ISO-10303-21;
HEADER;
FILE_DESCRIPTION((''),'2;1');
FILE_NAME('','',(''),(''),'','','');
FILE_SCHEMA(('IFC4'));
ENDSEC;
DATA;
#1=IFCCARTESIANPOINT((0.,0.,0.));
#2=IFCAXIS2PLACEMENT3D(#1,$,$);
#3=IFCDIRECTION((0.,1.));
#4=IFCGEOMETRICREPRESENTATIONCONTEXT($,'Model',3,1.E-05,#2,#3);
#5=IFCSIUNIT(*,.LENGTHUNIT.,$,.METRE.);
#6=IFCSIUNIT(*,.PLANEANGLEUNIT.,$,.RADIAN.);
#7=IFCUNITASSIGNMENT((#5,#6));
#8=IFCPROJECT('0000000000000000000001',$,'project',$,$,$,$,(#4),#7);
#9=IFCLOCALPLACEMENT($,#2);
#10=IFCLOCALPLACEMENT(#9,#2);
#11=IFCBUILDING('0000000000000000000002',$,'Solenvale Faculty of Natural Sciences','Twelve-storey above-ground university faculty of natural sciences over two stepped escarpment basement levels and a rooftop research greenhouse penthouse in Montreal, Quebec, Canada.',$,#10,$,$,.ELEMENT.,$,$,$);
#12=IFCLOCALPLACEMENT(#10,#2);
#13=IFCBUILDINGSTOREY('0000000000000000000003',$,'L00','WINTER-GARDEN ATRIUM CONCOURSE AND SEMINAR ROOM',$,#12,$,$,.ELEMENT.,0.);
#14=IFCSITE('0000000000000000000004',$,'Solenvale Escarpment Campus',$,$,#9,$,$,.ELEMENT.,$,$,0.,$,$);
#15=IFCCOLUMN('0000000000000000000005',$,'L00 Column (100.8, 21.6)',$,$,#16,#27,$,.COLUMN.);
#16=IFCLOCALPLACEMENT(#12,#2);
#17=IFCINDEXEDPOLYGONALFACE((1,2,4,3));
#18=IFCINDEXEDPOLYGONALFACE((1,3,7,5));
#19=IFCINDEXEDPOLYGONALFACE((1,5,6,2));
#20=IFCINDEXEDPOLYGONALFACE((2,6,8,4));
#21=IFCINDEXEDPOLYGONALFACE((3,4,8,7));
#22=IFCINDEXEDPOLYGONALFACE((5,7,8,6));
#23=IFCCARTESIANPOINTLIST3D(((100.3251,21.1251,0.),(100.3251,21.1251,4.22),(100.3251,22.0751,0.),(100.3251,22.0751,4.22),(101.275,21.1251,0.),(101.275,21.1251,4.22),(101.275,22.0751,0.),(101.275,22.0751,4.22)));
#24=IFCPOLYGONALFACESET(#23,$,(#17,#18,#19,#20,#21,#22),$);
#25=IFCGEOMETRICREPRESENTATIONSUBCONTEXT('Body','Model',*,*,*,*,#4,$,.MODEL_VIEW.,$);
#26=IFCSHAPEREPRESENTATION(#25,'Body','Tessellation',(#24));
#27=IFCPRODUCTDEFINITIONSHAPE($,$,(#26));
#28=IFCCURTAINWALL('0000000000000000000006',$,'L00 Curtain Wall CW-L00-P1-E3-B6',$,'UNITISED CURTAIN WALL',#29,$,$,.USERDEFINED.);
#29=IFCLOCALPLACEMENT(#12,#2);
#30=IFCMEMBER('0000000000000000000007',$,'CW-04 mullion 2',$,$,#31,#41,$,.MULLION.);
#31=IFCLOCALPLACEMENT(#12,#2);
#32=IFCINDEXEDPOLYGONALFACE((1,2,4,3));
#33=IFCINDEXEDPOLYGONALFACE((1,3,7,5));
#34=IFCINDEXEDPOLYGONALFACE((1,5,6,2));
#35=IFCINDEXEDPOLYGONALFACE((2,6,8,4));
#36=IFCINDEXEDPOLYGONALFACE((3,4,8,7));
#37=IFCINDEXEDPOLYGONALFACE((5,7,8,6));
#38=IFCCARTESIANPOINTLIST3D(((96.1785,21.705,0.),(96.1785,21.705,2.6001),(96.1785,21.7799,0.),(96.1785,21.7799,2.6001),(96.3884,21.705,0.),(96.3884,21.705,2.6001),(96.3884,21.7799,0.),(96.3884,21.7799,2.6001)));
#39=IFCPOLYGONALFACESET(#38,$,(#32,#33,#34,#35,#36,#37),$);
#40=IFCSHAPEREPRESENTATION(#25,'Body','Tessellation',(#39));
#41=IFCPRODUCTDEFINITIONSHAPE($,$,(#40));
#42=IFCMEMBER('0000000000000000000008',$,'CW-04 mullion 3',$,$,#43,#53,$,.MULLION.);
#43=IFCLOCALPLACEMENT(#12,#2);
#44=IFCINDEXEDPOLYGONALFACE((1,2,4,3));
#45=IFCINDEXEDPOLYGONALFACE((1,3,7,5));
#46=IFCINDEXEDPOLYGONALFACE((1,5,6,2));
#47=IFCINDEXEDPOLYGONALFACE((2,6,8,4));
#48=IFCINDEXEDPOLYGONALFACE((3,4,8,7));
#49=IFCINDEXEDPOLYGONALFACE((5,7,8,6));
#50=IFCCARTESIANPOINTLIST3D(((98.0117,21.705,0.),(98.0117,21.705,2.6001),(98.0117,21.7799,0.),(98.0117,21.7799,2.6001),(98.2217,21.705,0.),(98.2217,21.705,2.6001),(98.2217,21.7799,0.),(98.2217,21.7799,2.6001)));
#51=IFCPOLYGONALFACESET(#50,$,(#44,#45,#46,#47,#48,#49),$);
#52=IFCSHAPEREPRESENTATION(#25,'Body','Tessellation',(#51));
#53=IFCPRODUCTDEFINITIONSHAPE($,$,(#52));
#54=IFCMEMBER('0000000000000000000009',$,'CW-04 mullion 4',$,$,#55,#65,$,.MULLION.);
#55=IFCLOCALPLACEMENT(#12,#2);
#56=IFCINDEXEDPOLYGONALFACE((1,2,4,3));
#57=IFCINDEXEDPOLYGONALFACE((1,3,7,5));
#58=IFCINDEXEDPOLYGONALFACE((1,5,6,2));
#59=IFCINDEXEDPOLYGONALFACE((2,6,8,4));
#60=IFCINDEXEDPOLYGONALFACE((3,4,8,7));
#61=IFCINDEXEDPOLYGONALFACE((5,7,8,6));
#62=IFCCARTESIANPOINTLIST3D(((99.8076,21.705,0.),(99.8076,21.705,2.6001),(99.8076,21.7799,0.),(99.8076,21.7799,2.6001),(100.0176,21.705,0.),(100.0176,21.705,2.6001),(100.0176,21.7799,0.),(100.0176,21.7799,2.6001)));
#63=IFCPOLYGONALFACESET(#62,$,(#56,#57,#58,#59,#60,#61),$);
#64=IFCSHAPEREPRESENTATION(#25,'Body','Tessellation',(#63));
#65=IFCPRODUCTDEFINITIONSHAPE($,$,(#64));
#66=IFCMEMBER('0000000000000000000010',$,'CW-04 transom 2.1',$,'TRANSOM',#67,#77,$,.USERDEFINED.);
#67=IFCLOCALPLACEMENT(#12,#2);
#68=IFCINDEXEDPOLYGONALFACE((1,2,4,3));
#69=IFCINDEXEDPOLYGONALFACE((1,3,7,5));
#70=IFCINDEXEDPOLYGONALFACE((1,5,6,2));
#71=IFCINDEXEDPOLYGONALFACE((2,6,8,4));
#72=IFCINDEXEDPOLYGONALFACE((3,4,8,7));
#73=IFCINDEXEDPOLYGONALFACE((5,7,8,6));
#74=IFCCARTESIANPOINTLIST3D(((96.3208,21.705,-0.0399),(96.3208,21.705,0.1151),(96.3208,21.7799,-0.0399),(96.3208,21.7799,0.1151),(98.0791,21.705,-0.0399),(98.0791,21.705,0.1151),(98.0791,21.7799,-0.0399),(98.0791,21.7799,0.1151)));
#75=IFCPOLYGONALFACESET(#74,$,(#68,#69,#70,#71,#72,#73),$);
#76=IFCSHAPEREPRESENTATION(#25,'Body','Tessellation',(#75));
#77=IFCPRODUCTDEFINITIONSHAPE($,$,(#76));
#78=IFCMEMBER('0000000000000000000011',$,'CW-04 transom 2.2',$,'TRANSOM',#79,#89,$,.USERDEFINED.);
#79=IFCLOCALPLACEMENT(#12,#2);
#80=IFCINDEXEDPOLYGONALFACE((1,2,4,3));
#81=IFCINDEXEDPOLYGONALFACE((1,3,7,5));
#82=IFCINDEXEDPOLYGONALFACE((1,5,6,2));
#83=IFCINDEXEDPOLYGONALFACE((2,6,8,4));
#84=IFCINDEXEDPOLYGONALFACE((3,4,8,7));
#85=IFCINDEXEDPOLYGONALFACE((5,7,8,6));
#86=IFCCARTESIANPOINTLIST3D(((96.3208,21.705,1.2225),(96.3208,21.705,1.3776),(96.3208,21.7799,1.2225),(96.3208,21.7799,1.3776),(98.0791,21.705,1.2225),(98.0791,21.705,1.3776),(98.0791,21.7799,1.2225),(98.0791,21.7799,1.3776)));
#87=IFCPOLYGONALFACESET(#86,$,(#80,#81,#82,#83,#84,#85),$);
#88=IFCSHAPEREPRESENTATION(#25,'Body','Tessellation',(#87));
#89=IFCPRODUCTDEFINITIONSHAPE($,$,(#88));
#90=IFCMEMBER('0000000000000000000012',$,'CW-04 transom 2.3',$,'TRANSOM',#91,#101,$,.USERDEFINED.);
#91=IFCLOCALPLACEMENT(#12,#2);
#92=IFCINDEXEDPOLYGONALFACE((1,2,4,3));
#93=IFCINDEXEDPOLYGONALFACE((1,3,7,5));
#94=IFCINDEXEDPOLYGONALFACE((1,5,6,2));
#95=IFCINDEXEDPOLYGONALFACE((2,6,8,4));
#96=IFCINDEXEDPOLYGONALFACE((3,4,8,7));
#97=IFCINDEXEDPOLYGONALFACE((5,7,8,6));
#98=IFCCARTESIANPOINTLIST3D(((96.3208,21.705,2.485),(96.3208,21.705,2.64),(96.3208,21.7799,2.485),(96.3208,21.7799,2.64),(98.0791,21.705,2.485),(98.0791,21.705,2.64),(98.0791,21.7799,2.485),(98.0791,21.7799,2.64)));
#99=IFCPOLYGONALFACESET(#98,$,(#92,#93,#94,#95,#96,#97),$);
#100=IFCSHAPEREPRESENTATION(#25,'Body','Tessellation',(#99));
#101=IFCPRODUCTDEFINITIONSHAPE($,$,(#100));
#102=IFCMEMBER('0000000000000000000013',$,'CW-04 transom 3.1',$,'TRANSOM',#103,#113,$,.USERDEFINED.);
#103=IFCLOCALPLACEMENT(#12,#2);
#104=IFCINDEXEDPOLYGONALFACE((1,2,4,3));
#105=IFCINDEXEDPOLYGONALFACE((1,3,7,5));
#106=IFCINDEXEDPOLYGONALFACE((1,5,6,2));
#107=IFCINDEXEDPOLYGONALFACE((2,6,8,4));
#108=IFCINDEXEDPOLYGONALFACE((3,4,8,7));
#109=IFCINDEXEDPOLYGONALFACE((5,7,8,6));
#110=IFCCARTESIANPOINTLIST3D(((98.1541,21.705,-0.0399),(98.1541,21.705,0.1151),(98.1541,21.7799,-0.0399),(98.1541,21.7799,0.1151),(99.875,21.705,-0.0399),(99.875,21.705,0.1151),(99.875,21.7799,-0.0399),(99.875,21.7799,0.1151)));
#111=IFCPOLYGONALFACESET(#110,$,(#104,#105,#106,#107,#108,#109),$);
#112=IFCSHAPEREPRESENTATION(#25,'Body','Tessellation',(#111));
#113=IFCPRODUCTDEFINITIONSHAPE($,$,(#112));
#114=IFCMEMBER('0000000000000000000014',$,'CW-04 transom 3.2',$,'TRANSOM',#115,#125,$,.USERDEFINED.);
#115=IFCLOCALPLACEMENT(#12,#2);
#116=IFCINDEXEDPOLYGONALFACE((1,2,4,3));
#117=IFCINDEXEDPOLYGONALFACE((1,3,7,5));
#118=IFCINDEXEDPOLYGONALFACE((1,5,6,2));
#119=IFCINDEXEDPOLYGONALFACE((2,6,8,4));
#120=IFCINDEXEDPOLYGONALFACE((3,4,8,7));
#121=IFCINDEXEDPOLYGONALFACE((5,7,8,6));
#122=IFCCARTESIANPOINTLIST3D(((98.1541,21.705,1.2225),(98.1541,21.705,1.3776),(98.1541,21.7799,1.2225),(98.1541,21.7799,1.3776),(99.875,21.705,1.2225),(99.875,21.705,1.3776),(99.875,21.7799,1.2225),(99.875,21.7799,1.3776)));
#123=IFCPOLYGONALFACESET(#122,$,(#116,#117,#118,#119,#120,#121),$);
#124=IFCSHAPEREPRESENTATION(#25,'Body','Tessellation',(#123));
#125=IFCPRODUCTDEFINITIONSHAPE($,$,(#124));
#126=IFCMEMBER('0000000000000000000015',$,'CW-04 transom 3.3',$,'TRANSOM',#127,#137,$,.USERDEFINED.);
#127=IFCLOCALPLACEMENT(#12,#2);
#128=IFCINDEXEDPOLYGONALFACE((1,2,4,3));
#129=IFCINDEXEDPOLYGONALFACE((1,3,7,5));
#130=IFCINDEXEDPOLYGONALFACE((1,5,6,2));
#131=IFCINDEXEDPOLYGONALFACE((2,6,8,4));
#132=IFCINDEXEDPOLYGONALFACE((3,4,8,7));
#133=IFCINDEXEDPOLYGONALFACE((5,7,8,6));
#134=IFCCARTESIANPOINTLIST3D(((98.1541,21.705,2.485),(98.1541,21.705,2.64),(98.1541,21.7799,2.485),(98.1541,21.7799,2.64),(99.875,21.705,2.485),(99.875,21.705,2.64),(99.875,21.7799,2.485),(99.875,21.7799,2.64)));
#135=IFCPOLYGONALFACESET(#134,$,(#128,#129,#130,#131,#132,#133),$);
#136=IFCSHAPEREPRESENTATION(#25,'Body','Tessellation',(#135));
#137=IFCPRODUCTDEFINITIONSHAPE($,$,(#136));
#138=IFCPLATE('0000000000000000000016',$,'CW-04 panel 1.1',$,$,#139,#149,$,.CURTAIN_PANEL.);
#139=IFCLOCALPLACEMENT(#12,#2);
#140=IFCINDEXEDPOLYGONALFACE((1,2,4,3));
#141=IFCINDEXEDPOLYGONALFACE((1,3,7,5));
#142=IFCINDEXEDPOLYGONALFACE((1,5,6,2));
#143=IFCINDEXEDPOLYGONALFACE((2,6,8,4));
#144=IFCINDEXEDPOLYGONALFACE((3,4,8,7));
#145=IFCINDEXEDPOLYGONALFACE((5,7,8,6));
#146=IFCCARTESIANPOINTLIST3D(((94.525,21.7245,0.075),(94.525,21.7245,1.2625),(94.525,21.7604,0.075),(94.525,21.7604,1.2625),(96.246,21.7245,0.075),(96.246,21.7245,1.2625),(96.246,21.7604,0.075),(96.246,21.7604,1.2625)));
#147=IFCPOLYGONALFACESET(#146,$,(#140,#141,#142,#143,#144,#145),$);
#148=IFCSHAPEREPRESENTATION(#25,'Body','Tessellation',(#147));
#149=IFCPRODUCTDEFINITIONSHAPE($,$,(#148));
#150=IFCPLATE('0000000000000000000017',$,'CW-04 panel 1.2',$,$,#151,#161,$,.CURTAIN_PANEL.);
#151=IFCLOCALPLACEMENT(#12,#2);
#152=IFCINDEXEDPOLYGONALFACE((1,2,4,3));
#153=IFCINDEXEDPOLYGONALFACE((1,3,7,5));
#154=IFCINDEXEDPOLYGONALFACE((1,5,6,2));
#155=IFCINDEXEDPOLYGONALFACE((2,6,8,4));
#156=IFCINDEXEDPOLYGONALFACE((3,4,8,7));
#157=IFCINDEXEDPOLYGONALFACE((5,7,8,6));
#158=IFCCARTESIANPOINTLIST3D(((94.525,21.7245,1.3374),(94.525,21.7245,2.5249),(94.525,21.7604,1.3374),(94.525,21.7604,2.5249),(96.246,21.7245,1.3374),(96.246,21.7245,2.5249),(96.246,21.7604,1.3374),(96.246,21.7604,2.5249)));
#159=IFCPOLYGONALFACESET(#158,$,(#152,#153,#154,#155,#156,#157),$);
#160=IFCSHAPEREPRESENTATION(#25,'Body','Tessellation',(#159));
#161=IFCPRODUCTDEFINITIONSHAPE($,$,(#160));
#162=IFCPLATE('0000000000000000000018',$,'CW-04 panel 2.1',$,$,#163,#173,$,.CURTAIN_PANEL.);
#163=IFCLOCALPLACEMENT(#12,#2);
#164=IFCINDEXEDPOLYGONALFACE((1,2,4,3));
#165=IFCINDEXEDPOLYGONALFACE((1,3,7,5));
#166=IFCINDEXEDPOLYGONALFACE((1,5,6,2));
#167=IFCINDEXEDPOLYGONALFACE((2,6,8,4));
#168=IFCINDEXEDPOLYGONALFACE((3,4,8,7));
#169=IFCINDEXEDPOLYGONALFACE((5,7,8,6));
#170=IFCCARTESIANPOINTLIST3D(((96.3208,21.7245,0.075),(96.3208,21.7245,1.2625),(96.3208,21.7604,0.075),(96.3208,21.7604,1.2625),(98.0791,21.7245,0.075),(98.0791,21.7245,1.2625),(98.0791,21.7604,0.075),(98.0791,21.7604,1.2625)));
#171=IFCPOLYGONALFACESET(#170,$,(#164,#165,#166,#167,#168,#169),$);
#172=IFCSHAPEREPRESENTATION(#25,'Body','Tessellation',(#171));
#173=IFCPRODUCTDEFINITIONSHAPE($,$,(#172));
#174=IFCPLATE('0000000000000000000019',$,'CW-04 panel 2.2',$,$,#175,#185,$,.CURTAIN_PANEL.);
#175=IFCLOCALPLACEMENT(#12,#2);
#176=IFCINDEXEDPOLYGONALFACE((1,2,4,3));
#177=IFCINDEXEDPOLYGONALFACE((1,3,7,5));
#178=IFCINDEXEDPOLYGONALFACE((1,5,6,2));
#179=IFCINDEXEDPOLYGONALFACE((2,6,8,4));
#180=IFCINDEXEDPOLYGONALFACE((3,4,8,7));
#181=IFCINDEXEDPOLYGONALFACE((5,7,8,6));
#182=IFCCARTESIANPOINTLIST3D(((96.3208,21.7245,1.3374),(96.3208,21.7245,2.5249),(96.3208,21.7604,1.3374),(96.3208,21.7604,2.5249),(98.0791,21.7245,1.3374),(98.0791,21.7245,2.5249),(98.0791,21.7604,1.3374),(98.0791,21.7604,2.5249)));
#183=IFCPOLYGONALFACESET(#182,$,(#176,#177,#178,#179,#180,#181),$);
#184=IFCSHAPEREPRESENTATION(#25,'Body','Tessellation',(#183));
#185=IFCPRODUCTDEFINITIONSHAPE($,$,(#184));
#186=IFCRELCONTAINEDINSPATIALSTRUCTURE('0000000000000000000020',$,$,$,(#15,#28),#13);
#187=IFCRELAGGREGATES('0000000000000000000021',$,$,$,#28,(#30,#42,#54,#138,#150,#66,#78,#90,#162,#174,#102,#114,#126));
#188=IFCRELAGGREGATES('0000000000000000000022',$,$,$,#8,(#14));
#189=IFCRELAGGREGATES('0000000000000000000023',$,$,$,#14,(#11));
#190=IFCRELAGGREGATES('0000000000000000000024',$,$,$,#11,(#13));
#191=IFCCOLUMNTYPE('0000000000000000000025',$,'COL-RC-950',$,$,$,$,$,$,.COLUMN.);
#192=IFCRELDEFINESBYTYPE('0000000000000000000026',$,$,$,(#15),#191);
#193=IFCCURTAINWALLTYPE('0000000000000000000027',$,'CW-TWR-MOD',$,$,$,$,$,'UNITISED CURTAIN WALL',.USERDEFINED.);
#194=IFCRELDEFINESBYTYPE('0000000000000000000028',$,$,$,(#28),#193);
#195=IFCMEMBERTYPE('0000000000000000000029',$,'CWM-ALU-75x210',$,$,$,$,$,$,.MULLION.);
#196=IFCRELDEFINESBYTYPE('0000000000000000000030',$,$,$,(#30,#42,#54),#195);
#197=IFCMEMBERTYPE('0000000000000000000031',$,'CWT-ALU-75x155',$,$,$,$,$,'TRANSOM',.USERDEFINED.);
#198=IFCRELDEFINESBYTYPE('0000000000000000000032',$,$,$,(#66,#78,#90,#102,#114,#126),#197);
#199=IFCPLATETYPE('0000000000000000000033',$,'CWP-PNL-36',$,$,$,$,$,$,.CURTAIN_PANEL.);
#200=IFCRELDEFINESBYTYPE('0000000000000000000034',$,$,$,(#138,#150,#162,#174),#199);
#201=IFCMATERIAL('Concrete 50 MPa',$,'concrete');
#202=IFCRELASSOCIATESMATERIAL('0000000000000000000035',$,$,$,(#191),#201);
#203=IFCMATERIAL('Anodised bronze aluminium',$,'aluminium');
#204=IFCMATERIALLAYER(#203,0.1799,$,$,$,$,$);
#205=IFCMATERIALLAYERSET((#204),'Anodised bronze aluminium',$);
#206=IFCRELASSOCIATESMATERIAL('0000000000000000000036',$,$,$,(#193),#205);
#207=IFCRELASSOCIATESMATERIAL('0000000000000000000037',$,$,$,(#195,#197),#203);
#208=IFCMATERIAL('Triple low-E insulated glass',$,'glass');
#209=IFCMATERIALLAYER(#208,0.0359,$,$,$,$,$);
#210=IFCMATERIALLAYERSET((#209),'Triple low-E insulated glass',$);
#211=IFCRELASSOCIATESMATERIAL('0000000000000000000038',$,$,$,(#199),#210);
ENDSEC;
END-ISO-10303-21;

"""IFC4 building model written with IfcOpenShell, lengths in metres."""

from ifc_helpers import new_model, si_unit, direction, frame, origin, origin_2d, place, context, subcontext, project, spatial, rectangle, extrude, material, layer, layer_set, material_profile, profile_set, type_object, element, aggregate, save


model = new_model("IFC4")

# Units and contexts
model_context = context("Model", 3, precision=1e-05, world=origin(), true_north=direction((0.0, 1.0)))
body_context = subcontext(model_context, "Body", "Model", "MODEL_VIEW")
ifc_project = project(units=[si_unit("LENGTHUNIT", "METRE"), si_unit("PLANEANGLEUNIT", "RADIAN")], contexts=[model_context])

# Site, building, storey
site_placement = place(None, origin())
site = spatial("IfcSite", under=ifc_project, at=site_placement, Name="Solenvale Escarpment Campus", CompositionType="ELEMENT", RefElevation=0.0)
building_placement = place(site_placement, origin())
building = spatial("IfcBuilding", under=site, at=building_placement, Name="Solenvale Faculty of Natural Sciences", Description="Twelve-storey above-ground university faculty of natural sciences over two stepped escarpment basement levels and a rooftop research greenhouse penthouse in Montreal, Quebec, Canada.", CompositionType="ELEMENT")
storey_placement = place(building_placement, origin())
storey = spatial("IfcBuildingStorey", under=building, at=storey_placement, Name="L00", Description="WINTER-GARDEN ATRIUM CONCOURSE AND SEMINAR ROOM", CompositionType="ELEMENT", Elevation=0.0)

# Column
ifc_material_1 = material(Name="Concrete 50 MPa", Category="concrete")
ifc_material_profile_1 = material_profile(ifc_material_1, rectangle(XDim=0.95, YDim=0.95, at=origin_2d()), Name="RC-COL-950x950")
ifc_profile_set_1 = profile_set([ifc_material_profile_1], Name="Concrete 50 MPa")
column_type = type_object("IfcColumnType", Name="COL-RC-950", PredefinedType="COLUMN", material=ifc_profile_set_1)
column_placement = place(storey_placement, frame((100.8, 21.6001, 0.0), z_axis=(0.0, 0.0, 1.0), x_axis=(1.0, 0.0, 0.0)))
element("IfcColumn", 1, at=column_placement, inside=storey, type_object=column_type, Name="L00 Column (100.8, 21.6)", PredefinedType="COLUMN", context=body_context, shape_type="SweptSolid", body=[
    extrude(rectangle(XDim=0.95, YDim=0.95, at=origin_2d()), origin(), (0.0, 0.0, 1.0), 4.22),
])

# Curtain wall, members, plates
ifc_material_2 = material(Name="Anodised bronze aluminium", Category="aluminium")
ifc_layer_1 = layer(ifc_material_2, 0.1799)
ifc_layer_set_1 = layer_set([ifc_layer_1], Name="Anodised bronze aluminium")
curtain_wall_type = type_object("IfcCurtainWallType", Name="CW-TWR-MOD", ElementType="UNITISED CURTAIN WALL", PredefinedType="USERDEFINED", material=ifc_layer_set_1)
curtain_wall_placement = place(storey_placement, origin())
curtain_wall = element("IfcCurtainWall", 2, at=curtain_wall_placement, inside=storey, type_object=curtain_wall_type, Name="L00 Curtain Wall CW-L00-P1-E3-B6", ObjectType="UNITISED CURTAIN WALL", PredefinedType="USERDEFINED")
ifc_material_profile_2 = material_profile(ifc_material_2, rectangle(XDim=0.075, YDim=0.21, at=origin_2d()), Name="ALU-MUL-75x210")
ifc_profile_set_2 = profile_set([ifc_material_profile_2], Name="Anodised bronze aluminium")
member_type_1 = type_object("IfcMemberType", Name="CWM-ALU-75x210", PredefinedType="MULLION", material=ifc_profile_set_2)
member_1_placement = place(storey_placement, frame((96.2834, 21.7424, 0.0), z_axis=(0.0, 0.0, 1.0), x_axis=(0.0, 1.0, 0.0)))
member_1 = element("IfcMember", 3, at=member_1_placement, type_object=member_type_1, Name="CW-04 mullion 2", PredefinedType="MULLION", context=body_context, shape_type="SweptSolid", body=[
    extrude(rectangle(XDim=0.075, YDim=0.21, at=origin_2d()), origin(), (0.0, 0.0, 1.0), 2.6001),
])
member_2_placement = place(storey_placement, frame((98.1167, 21.7424, 0.0), z_axis=(0.0, 0.0, 1.0), x_axis=(0.0, 1.0, 0.0)))
member_2 = element("IfcMember", 4, at=member_2_placement, type_object=member_type_1, Name="CW-04 mullion 3", PredefinedType="MULLION", context=body_context, shape_type="SweptSolid", body=[
    extrude(rectangle(XDim=0.075, YDim=0.21, at=origin_2d()), origin(), (0.0, 0.0, 1.0), 2.6001),
])
member_3_placement = place(storey_placement, frame((99.9126, 21.7424, 0.0), z_axis=(0.0, 0.0, 1.0), x_axis=(0.0, 1.0, 0.0)))
member_3 = element("IfcMember", 5, at=member_3_placement, type_object=member_type_1, Name="CW-04 mullion 4", PredefinedType="MULLION", context=body_context, shape_type="SweptSolid", body=[
    extrude(rectangle(XDim=0.075, YDim=0.21, at=origin_2d()), origin(), (0.0, 0.0, 1.0), 2.6001),
])
ifc_material_profile_3 = material_profile(ifc_material_2, rectangle(XDim=0.075, YDim=0.155, at=origin_2d()), Name="ALU-TRN-75x155")
ifc_profile_set_3 = profile_set([ifc_material_profile_3], Name="Anodised bronze aluminium")
member_type_2 = type_object("IfcMemberType", Name="CWT-ALU-75x155", ElementType="TRANSOM", PredefinedType="USERDEFINED", material=ifc_profile_set_3)
member_4_placement = place(storey_placement, frame((96.3208, 21.7424, 0.0376), z_axis=(1.0, 0.0, 0.0), x_axis=(0.0, 1.0, 0.0)))
member_4 = element("IfcMember", 6, at=member_4_placement, type_object=member_type_2, Name="CW-04 transom 2.1", ObjectType="TRANSOM", PredefinedType="USERDEFINED", context=body_context, shape_type="SweptSolid", body=[
    extrude(rectangle(XDim=0.075, YDim=0.155, at=origin_2d()), origin(), (0.0, 0.0, 1.0), 1.7583),
])
member_5_placement = place(storey_placement, frame((96.3208, 21.7424, 1.3), z_axis=(1.0, 0.0, 0.0), x_axis=(0.0, 1.0, 0.0)))
member_5 = element("IfcMember", 7, at=member_5_placement, type_object=member_type_2, Name="CW-04 transom 2.2", ObjectType="TRANSOM", PredefinedType="USERDEFINED", context=body_context, shape_type="SweptSolid", body=[
    extrude(rectangle(XDim=0.075, YDim=0.155, at=origin_2d()), origin(), (0.0, 0.0, 1.0), 1.7583),
])
member_6_placement = place(storey_placement, frame((96.3208, 21.7424, 2.5625), z_axis=(1.0, 0.0, 0.0), x_axis=(0.0, 1.0, 0.0)))
member_6 = element("IfcMember", 8, at=member_6_placement, type_object=member_type_2, Name="CW-04 transom 2.3", ObjectType="TRANSOM", PredefinedType="USERDEFINED", context=body_context, shape_type="SweptSolid", body=[
    extrude(rectangle(XDim=0.075, YDim=0.155, at=origin_2d()), origin(), (0.0, 0.0, 1.0), 1.7583),
])
member_7_placement = place(storey_placement, frame((98.1541, 21.7424, 0.0376), z_axis=(1.0, 0.0, 0.0), x_axis=(0.0, 1.0, 0.0)))
member_7 = element("IfcMember", 9, at=member_7_placement, type_object=member_type_2, Name="CW-04 transom 3.1", ObjectType="TRANSOM", PredefinedType="USERDEFINED", context=body_context, shape_type="SweptSolid", body=[
    extrude(rectangle(XDim=0.075, YDim=0.155, at=origin_2d()), origin(), (0.0, 0.0, 1.0), 1.7209),
])
member_8_placement = place(storey_placement, frame((98.1541, 21.7424, 1.3), z_axis=(1.0, 0.0, 0.0), x_axis=(0.0, 1.0, 0.0)))
member_8 = element("IfcMember", 10, at=member_8_placement, type_object=member_type_2, Name="CW-04 transom 3.2", ObjectType="TRANSOM", PredefinedType="USERDEFINED", context=body_context, shape_type="SweptSolid", body=[
    extrude(rectangle(XDim=0.075, YDim=0.155, at=origin_2d()), origin(), (0.0, 0.0, 1.0), 1.7209),
])
member_9_placement = place(storey_placement, frame((98.1541, 21.7424, 2.5625), z_axis=(1.0, 0.0, 0.0), x_axis=(0.0, 1.0, 0.0)))
member_9 = element("IfcMember", 11, at=member_9_placement, type_object=member_type_2, Name="CW-04 transom 3.3", ObjectType="TRANSOM", PredefinedType="USERDEFINED", context=body_context, shape_type="SweptSolid", body=[
    extrude(rectangle(XDim=0.075, YDim=0.155, at=origin_2d()), origin(), (0.0, 0.0, 1.0), 1.7209),
])
ifc_material_3 = material(Name="Triple low-E insulated glass", Category="glass")
ifc_layer_2 = layer(ifc_material_3, 0.0359)
ifc_layer_set_2 = layer_set([ifc_layer_2], Name="Triple low-E insulated glass")
plate_type = type_object("IfcPlateType", Name="CWP-PNL-36", PredefinedType="CURTAIN_PANEL", material=ifc_layer_set_2)
plate_1_placement = place(storey_placement, frame((95.3855, 21.7424, 0.075), z_axis=(0.0, 0.0, 1.0), x_axis=(1.0, 0.0, 0.0)))
plate_1 = element("IfcPlate", 12, at=plate_1_placement, type_object=plate_type, Name="CW-04 panel 1.1", PredefinedType="CURTAIN_PANEL", context=body_context, shape_type="SweptSolid", body=[
    extrude(rectangle(XDim=1.7209, YDim=0.0359, at=origin_2d()), origin(), (0.0, 0.0, 1.0), 1.1875),
])
plate_2_placement = place(storey_placement, frame((95.3855, 21.7424, 1.3374), z_axis=(0.0, 0.0, 1.0), x_axis=(1.0, 0.0, 0.0)))
plate_2 = element("IfcPlate", 13, at=plate_2_placement, type_object=plate_type, Name="CW-04 panel 1.2", PredefinedType="CURTAIN_PANEL", context=body_context, shape_type="SweptSolid", body=[
    extrude(rectangle(XDim=1.7209, YDim=0.0359, at=origin_2d()), origin(), (0.0, 0.0, 1.0), 1.1875),
])
plate_3_placement = place(storey_placement, frame((97.2, 21.7424, 0.075), z_axis=(0.0, 0.0, 1.0), x_axis=(1.0, 0.0, 0.0)))
plate_3 = element("IfcPlate", 14, at=plate_3_placement, type_object=plate_type, Name="CW-04 panel 2.1", PredefinedType="CURTAIN_PANEL", context=body_context, shape_type="SweptSolid", body=[
    extrude(rectangle(XDim=1.7583, YDim=0.0359, at=origin_2d()), origin(), (0.0, 0.0, 1.0), 1.1875),
])
plate_4_placement = place(storey_placement, frame((97.2, 21.7424, 1.3374), z_axis=(0.0, 0.0, 1.0), x_axis=(1.0, 0.0, 0.0)))
plate_4 = element("IfcPlate", 15, at=plate_4_placement, type_object=plate_type, Name="CW-04 panel 2.2", PredefinedType="CURTAIN_PANEL", context=body_context, shape_type="SweptSolid", body=[
    extrude(rectangle(XDim=1.7583, YDim=0.0359, at=origin_2d()), origin(), (0.0, 0.0, 1.0), 1.1875),
])
aggregate(curtain_wall, [member_1, member_2, member_3, plate_1, plate_2, member_4, member_5, member_6, plate_3, plate_4, member_7, member_8, member_9])

save(model, "model.ifc")
